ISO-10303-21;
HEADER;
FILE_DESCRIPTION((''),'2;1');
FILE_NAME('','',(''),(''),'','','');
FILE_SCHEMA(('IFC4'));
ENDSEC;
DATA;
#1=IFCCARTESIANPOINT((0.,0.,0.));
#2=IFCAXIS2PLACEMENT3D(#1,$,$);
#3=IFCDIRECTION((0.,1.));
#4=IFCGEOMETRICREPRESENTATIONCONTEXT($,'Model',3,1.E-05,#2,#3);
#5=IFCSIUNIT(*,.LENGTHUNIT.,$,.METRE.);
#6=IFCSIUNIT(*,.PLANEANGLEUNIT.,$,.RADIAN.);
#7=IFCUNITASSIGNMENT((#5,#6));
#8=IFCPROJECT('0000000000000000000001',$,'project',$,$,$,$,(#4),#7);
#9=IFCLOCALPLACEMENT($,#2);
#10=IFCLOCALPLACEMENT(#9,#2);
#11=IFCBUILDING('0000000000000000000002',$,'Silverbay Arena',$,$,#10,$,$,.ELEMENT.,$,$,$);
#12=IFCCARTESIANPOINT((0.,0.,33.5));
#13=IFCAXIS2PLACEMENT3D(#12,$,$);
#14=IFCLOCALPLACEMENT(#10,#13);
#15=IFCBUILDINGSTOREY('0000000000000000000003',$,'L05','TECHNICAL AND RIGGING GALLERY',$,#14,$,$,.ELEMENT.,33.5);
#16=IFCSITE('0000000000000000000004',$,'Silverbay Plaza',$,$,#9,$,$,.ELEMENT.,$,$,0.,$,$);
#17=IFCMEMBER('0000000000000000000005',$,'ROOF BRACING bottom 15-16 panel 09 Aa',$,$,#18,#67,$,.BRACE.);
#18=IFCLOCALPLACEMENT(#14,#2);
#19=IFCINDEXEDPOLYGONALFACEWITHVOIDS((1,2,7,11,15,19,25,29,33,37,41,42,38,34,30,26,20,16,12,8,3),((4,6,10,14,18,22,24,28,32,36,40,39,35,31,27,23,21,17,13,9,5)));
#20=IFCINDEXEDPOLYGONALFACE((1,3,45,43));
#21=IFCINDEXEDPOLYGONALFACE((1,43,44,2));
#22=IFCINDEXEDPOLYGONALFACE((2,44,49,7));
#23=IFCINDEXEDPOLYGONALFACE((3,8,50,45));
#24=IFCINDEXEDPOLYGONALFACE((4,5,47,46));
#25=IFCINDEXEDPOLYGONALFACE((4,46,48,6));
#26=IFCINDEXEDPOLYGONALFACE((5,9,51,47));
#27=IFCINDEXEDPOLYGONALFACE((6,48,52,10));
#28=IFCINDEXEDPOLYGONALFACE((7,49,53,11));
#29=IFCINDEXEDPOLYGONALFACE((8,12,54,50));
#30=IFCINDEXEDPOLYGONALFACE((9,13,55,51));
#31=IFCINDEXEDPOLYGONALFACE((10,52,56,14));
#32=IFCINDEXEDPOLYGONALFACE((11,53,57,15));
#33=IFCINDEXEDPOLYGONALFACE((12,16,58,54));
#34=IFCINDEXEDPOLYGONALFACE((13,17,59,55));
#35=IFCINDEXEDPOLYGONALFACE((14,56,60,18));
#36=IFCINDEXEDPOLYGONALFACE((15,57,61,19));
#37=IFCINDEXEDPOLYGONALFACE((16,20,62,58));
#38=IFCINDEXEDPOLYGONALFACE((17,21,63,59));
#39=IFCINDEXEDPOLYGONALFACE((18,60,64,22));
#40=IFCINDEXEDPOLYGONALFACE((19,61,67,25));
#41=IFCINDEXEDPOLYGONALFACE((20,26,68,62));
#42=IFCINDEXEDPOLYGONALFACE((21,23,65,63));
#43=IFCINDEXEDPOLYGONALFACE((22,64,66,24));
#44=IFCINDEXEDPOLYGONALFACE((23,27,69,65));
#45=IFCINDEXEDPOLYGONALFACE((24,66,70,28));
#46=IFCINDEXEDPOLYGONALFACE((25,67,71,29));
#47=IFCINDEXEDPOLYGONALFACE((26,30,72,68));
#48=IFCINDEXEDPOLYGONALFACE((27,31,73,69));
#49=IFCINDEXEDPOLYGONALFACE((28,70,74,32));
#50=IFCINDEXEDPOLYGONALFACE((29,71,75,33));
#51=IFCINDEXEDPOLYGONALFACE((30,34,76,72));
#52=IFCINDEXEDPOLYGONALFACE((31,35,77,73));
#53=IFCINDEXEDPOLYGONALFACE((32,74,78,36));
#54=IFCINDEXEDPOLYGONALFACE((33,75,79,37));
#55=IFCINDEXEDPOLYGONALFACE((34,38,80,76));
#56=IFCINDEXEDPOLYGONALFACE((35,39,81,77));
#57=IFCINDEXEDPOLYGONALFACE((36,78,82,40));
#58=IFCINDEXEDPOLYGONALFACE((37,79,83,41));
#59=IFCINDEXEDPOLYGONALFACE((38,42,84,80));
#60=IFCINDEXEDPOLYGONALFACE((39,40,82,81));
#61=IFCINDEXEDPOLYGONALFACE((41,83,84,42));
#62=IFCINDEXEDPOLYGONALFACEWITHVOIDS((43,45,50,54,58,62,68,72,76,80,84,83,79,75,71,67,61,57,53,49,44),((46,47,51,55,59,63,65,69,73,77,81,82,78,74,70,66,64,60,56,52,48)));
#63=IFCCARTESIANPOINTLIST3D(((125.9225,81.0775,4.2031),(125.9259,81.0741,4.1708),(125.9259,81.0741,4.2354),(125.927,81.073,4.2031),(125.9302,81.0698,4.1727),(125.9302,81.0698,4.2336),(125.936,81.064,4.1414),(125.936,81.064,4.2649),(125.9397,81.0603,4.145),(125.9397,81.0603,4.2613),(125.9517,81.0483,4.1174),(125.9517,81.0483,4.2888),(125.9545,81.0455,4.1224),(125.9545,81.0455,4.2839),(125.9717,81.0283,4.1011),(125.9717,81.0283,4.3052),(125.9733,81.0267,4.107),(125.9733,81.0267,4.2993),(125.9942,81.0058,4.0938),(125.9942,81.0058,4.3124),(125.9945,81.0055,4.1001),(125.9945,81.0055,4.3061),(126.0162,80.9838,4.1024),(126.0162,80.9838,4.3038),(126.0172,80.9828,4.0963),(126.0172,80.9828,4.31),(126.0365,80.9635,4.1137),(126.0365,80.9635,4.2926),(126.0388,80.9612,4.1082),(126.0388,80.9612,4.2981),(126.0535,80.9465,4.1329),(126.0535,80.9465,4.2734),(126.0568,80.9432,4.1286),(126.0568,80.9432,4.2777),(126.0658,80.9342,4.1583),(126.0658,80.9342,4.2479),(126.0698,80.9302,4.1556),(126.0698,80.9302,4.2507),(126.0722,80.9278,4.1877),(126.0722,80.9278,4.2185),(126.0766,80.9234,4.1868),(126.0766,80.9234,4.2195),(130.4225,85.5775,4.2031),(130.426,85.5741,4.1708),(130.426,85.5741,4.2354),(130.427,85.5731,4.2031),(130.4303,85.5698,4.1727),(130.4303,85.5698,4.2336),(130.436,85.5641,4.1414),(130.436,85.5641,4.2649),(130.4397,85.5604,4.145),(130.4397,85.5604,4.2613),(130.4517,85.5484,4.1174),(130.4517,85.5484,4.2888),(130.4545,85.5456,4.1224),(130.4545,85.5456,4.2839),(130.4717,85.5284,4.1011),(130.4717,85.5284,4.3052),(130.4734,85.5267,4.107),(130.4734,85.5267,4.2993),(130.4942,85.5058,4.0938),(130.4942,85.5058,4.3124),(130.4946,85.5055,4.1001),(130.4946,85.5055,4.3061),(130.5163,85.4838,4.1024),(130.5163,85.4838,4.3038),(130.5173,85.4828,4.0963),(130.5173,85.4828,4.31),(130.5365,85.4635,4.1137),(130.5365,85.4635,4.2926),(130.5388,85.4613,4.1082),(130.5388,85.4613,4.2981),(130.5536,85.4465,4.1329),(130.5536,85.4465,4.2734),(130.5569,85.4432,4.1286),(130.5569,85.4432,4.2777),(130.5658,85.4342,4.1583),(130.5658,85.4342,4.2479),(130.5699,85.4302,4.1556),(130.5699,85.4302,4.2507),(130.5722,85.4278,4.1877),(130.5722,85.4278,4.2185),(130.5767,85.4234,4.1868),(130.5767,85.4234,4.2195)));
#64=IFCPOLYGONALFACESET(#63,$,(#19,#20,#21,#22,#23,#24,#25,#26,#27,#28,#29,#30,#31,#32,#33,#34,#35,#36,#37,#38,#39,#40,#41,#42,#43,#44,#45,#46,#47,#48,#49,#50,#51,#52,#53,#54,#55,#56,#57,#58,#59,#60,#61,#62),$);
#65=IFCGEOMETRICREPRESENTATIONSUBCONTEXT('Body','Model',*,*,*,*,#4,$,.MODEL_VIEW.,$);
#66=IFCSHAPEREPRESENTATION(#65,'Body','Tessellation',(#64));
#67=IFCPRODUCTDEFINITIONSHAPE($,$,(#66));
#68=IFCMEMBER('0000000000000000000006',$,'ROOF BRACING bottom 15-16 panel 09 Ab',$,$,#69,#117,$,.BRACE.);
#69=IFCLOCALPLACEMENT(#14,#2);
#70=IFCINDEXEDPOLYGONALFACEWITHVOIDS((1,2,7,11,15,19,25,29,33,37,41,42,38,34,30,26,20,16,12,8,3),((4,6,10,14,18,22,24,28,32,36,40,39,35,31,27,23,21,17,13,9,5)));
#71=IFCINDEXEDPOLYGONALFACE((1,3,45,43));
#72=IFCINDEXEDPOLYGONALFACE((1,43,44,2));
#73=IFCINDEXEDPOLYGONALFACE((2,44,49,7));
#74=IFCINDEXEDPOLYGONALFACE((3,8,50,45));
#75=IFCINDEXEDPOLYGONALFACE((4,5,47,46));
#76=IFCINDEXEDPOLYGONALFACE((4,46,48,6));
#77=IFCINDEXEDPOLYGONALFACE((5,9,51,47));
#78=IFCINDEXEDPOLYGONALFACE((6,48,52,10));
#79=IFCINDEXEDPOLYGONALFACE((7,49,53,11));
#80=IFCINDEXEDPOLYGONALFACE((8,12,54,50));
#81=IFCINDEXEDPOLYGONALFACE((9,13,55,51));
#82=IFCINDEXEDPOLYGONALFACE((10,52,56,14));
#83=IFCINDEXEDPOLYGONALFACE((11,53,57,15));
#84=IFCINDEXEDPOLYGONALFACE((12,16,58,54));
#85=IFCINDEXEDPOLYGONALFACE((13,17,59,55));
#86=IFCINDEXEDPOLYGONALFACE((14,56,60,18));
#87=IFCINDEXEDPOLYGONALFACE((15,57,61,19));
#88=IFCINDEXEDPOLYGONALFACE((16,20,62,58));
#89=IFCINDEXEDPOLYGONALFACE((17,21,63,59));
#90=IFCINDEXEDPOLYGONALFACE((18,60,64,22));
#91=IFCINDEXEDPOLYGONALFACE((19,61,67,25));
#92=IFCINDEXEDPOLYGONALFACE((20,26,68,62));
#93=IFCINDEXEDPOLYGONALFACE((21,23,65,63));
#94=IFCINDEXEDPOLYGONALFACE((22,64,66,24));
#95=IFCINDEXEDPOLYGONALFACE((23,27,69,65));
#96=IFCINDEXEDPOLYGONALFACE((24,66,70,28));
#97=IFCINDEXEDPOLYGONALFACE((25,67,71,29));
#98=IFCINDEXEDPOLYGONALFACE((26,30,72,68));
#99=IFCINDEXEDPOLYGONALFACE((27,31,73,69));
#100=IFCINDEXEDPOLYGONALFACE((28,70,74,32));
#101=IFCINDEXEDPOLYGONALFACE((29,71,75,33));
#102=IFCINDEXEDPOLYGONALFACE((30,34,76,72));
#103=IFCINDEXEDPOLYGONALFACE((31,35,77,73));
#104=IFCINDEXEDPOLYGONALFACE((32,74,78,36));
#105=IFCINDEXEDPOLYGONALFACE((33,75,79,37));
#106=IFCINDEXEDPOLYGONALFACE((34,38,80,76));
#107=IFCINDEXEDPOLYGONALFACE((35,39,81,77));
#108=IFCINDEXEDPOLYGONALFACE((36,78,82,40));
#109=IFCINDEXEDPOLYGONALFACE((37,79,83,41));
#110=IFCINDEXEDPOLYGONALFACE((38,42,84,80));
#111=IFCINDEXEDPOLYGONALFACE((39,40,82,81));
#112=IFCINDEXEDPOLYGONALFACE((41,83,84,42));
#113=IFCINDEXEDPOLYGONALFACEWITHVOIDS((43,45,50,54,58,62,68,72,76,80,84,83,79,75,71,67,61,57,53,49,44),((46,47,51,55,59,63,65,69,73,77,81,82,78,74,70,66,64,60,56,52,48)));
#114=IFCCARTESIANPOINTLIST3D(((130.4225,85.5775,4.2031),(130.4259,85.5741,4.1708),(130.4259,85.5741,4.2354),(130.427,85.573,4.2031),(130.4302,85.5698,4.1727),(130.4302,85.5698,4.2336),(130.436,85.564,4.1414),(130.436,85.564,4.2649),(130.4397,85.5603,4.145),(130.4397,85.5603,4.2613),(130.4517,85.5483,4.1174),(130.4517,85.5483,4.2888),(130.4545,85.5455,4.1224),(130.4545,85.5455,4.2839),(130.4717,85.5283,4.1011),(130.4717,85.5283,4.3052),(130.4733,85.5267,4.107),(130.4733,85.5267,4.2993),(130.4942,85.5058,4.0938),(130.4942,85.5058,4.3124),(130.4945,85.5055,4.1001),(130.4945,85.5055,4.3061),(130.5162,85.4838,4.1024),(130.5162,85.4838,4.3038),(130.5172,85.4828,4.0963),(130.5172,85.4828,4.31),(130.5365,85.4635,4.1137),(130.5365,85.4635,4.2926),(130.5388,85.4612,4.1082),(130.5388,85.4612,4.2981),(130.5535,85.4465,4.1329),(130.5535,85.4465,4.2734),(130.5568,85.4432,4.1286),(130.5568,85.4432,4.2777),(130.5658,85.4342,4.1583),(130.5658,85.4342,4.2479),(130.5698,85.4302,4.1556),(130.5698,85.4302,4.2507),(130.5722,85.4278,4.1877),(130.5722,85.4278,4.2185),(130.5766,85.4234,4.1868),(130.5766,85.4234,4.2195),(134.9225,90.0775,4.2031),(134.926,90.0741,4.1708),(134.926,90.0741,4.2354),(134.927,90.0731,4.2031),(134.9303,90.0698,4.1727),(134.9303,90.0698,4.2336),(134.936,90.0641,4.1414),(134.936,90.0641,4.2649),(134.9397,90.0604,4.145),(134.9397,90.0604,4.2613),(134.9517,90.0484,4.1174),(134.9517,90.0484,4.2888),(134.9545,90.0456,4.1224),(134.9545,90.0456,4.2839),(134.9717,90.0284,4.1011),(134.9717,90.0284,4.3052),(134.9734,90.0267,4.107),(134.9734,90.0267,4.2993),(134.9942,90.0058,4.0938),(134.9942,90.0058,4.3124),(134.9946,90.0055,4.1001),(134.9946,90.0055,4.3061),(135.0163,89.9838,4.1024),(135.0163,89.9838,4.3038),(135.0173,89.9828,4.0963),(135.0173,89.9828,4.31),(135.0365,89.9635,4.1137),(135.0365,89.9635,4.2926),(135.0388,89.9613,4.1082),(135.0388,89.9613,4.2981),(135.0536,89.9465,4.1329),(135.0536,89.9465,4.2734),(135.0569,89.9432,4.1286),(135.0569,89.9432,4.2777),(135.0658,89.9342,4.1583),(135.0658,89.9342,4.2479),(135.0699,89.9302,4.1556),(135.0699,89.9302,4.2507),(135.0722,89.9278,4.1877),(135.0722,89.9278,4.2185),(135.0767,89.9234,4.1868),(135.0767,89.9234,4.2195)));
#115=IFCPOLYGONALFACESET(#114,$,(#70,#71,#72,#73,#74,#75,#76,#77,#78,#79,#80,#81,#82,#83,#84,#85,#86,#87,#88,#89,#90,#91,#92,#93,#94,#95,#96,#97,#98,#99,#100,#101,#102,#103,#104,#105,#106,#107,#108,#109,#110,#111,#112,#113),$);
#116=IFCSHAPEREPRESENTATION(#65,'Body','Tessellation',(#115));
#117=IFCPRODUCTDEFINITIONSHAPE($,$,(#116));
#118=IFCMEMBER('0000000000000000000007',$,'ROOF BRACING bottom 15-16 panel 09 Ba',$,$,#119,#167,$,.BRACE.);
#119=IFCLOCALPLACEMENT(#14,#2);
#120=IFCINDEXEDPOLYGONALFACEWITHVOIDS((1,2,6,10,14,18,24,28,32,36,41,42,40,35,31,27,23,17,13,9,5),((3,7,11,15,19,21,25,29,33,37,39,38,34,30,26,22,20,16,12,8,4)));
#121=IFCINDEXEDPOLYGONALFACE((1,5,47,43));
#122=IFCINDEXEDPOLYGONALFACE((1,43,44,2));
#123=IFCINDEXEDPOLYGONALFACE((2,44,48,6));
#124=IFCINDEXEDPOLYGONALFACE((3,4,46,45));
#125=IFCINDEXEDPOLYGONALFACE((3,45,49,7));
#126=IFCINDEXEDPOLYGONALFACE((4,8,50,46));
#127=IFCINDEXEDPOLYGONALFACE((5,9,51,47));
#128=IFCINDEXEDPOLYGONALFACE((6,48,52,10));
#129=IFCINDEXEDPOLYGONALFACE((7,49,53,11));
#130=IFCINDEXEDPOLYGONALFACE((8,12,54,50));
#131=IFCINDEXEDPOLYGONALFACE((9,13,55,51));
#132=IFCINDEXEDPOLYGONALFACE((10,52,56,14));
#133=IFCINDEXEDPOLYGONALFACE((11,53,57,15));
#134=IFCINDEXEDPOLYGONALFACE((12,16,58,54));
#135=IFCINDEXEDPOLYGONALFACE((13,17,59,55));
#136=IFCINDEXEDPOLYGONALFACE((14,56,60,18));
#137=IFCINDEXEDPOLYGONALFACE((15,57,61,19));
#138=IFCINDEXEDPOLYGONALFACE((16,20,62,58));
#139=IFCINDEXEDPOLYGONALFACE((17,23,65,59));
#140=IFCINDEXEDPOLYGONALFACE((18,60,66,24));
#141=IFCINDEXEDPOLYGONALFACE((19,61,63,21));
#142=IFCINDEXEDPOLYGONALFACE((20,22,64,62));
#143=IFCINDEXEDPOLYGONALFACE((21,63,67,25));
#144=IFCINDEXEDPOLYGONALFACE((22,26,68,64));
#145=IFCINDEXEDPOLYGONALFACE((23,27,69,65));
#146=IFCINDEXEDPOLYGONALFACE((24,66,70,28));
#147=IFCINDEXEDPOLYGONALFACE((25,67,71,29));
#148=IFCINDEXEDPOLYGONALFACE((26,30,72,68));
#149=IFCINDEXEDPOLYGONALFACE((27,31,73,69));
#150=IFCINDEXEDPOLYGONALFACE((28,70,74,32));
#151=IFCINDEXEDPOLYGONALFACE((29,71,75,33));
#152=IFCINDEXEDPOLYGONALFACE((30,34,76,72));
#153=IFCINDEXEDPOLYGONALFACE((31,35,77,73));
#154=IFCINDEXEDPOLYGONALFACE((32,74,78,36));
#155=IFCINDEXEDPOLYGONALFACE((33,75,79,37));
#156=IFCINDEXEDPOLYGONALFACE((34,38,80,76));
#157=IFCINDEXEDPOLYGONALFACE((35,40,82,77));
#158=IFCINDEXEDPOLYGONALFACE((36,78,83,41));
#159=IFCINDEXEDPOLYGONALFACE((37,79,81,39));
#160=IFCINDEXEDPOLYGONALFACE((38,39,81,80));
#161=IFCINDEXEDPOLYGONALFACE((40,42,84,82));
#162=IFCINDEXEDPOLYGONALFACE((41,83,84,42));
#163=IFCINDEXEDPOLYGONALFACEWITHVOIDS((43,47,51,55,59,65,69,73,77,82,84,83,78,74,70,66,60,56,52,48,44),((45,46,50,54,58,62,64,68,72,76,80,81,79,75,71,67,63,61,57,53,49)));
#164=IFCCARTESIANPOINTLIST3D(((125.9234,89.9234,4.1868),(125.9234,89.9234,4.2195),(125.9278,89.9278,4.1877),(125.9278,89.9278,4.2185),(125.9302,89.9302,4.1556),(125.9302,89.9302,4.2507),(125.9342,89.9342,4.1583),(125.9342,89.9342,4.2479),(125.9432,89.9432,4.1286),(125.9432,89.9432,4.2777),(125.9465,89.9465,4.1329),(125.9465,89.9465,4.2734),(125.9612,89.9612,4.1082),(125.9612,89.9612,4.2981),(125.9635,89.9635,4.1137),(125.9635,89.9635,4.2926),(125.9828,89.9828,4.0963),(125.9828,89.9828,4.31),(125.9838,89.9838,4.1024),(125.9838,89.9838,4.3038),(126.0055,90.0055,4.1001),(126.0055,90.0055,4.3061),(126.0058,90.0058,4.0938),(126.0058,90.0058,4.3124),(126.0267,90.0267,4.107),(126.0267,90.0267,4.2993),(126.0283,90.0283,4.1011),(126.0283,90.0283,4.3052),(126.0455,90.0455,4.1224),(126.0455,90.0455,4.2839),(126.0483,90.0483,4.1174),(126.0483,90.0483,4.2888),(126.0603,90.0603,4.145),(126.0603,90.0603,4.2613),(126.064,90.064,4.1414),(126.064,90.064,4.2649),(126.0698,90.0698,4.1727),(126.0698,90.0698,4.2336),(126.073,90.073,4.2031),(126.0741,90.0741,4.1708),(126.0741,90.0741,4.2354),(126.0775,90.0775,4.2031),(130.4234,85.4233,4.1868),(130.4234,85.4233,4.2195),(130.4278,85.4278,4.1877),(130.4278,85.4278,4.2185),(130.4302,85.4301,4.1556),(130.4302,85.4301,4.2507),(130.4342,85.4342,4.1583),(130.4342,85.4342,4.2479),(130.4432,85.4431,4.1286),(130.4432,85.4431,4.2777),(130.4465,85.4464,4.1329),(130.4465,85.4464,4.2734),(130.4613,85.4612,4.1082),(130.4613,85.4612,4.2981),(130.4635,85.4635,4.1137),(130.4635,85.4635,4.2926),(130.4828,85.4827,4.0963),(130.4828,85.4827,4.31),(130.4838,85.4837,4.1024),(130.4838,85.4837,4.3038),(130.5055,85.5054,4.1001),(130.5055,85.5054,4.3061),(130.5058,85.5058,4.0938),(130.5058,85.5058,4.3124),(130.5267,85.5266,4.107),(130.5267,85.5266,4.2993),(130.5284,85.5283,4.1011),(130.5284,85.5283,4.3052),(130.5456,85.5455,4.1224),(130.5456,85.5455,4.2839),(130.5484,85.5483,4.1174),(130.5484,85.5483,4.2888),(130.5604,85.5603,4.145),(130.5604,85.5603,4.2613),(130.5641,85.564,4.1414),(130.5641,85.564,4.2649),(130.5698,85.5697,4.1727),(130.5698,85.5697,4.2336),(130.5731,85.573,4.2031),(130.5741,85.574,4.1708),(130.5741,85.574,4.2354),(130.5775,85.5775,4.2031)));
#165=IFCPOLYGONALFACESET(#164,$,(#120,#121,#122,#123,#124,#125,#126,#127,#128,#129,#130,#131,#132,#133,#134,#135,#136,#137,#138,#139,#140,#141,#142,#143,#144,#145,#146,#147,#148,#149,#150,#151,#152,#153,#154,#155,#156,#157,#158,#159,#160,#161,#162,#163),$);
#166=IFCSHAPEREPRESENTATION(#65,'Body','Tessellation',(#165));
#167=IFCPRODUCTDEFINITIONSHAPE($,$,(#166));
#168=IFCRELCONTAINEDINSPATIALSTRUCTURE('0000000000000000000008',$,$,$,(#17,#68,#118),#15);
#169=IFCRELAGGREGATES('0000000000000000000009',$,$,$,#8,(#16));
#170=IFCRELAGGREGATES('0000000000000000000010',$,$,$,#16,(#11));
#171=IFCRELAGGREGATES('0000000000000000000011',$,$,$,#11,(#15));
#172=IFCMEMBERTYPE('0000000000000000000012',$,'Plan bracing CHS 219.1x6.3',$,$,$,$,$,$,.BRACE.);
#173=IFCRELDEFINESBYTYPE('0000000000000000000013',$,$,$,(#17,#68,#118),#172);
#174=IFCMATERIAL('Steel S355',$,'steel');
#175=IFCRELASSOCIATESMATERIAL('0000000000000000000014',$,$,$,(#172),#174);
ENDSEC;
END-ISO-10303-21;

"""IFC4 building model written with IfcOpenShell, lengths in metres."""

from ifc_helpers import new_model, si_unit, direction, frame, origin, origin_2d, place, context, subcontext, project, spatial, hollow_circle, extrude, material, material_profile, profile_set, type_object, element, save


model = new_model("IFC4")

# Units and contexts
model_context = context("Model", 3, precision=1e-05, world=origin(), true_north=direction((0.0, 1.0)))
body_context = subcontext(model_context, "Body", "Model", "MODEL_VIEW")
ifc_project = project(units=[si_unit("LENGTHUNIT", "METRE"), si_unit("PLANEANGLEUNIT", "RADIAN")], contexts=[model_context])

# Site, building, storey
site_placement = place(None, origin())
site = spatial("IfcSite", under=ifc_project, at=site_placement, Name="Silverbay Plaza", CompositionType="ELEMENT", RefElevation=0.0)
building_placement = place(site_placement, origin())
building = spatial("IfcBuilding", under=site, at=building_placement, Name="Silverbay Arena", CompositionType="ELEMENT")
storey_placement = place(building_placement, frame((0.0, 0.0, 33.5)))
storey = spatial("IfcBuildingStorey", under=building, at=storey_placement, Name="L05", Description="TECHNICAL AND RIGGING GALLERY", CompositionType="ELEMENT", Elevation=33.5)

# Members
ifc_material_1 = material(Name="Steel S355", Category="steel")
ifc_material_profile_1 = material_profile(ifc_material_1, hollow_circle(Radius=0.1096, WallThickness=0.0063, at=origin_2d()), Name="CHS 219.1x6.3")
ifc_profile_set_1 = profile_set([ifc_material_profile_1], Name="Steel S355")
member_type_1 = type_object("IfcMemberType", Name="Plan bracing CHS 219.1x6.3", PredefinedType="BRACE", material=ifc_profile_set_1)
for number, where, z_axis, x_axis, name in (
    (1, (126.0, 81.0, 4.2031), (0.707107, 0.707107, 0.0), (-0.707107, 0.707107, 0.0), "ROOF BRACING bottom 15-16 panel 09 Aa"),
    (2, (130.5, 85.5, 4.2031), (0.707107, 0.707107, 0.0), (-0.707107, 0.707107, 0.0), "ROOF BRACING bottom 15-16 panel 09 Ab"),
    (3, (126.0, 90.0, 4.2031), (0.707107, -0.707107, 0.0), (0.707107, 0.707107, 0.0), "ROOF BRACING bottom 15-16 panel 09 Ba"),
):
    element("IfcMember", number, at=place(storey_placement, frame(where, z_axis=z_axis, x_axis=x_axis)), inside=storey, type_object=member_type_1, Name=name, PredefinedType="BRACE", context=body_context, shape_type="SweptSolid", body=[
        extrude(hollow_circle(Radius=0.1096, WallThickness=0.0063, at=origin_2d()), origin(), (0.0, 0.0, 1.0), 6.364),
    ])

save(model, "model.ifc")
